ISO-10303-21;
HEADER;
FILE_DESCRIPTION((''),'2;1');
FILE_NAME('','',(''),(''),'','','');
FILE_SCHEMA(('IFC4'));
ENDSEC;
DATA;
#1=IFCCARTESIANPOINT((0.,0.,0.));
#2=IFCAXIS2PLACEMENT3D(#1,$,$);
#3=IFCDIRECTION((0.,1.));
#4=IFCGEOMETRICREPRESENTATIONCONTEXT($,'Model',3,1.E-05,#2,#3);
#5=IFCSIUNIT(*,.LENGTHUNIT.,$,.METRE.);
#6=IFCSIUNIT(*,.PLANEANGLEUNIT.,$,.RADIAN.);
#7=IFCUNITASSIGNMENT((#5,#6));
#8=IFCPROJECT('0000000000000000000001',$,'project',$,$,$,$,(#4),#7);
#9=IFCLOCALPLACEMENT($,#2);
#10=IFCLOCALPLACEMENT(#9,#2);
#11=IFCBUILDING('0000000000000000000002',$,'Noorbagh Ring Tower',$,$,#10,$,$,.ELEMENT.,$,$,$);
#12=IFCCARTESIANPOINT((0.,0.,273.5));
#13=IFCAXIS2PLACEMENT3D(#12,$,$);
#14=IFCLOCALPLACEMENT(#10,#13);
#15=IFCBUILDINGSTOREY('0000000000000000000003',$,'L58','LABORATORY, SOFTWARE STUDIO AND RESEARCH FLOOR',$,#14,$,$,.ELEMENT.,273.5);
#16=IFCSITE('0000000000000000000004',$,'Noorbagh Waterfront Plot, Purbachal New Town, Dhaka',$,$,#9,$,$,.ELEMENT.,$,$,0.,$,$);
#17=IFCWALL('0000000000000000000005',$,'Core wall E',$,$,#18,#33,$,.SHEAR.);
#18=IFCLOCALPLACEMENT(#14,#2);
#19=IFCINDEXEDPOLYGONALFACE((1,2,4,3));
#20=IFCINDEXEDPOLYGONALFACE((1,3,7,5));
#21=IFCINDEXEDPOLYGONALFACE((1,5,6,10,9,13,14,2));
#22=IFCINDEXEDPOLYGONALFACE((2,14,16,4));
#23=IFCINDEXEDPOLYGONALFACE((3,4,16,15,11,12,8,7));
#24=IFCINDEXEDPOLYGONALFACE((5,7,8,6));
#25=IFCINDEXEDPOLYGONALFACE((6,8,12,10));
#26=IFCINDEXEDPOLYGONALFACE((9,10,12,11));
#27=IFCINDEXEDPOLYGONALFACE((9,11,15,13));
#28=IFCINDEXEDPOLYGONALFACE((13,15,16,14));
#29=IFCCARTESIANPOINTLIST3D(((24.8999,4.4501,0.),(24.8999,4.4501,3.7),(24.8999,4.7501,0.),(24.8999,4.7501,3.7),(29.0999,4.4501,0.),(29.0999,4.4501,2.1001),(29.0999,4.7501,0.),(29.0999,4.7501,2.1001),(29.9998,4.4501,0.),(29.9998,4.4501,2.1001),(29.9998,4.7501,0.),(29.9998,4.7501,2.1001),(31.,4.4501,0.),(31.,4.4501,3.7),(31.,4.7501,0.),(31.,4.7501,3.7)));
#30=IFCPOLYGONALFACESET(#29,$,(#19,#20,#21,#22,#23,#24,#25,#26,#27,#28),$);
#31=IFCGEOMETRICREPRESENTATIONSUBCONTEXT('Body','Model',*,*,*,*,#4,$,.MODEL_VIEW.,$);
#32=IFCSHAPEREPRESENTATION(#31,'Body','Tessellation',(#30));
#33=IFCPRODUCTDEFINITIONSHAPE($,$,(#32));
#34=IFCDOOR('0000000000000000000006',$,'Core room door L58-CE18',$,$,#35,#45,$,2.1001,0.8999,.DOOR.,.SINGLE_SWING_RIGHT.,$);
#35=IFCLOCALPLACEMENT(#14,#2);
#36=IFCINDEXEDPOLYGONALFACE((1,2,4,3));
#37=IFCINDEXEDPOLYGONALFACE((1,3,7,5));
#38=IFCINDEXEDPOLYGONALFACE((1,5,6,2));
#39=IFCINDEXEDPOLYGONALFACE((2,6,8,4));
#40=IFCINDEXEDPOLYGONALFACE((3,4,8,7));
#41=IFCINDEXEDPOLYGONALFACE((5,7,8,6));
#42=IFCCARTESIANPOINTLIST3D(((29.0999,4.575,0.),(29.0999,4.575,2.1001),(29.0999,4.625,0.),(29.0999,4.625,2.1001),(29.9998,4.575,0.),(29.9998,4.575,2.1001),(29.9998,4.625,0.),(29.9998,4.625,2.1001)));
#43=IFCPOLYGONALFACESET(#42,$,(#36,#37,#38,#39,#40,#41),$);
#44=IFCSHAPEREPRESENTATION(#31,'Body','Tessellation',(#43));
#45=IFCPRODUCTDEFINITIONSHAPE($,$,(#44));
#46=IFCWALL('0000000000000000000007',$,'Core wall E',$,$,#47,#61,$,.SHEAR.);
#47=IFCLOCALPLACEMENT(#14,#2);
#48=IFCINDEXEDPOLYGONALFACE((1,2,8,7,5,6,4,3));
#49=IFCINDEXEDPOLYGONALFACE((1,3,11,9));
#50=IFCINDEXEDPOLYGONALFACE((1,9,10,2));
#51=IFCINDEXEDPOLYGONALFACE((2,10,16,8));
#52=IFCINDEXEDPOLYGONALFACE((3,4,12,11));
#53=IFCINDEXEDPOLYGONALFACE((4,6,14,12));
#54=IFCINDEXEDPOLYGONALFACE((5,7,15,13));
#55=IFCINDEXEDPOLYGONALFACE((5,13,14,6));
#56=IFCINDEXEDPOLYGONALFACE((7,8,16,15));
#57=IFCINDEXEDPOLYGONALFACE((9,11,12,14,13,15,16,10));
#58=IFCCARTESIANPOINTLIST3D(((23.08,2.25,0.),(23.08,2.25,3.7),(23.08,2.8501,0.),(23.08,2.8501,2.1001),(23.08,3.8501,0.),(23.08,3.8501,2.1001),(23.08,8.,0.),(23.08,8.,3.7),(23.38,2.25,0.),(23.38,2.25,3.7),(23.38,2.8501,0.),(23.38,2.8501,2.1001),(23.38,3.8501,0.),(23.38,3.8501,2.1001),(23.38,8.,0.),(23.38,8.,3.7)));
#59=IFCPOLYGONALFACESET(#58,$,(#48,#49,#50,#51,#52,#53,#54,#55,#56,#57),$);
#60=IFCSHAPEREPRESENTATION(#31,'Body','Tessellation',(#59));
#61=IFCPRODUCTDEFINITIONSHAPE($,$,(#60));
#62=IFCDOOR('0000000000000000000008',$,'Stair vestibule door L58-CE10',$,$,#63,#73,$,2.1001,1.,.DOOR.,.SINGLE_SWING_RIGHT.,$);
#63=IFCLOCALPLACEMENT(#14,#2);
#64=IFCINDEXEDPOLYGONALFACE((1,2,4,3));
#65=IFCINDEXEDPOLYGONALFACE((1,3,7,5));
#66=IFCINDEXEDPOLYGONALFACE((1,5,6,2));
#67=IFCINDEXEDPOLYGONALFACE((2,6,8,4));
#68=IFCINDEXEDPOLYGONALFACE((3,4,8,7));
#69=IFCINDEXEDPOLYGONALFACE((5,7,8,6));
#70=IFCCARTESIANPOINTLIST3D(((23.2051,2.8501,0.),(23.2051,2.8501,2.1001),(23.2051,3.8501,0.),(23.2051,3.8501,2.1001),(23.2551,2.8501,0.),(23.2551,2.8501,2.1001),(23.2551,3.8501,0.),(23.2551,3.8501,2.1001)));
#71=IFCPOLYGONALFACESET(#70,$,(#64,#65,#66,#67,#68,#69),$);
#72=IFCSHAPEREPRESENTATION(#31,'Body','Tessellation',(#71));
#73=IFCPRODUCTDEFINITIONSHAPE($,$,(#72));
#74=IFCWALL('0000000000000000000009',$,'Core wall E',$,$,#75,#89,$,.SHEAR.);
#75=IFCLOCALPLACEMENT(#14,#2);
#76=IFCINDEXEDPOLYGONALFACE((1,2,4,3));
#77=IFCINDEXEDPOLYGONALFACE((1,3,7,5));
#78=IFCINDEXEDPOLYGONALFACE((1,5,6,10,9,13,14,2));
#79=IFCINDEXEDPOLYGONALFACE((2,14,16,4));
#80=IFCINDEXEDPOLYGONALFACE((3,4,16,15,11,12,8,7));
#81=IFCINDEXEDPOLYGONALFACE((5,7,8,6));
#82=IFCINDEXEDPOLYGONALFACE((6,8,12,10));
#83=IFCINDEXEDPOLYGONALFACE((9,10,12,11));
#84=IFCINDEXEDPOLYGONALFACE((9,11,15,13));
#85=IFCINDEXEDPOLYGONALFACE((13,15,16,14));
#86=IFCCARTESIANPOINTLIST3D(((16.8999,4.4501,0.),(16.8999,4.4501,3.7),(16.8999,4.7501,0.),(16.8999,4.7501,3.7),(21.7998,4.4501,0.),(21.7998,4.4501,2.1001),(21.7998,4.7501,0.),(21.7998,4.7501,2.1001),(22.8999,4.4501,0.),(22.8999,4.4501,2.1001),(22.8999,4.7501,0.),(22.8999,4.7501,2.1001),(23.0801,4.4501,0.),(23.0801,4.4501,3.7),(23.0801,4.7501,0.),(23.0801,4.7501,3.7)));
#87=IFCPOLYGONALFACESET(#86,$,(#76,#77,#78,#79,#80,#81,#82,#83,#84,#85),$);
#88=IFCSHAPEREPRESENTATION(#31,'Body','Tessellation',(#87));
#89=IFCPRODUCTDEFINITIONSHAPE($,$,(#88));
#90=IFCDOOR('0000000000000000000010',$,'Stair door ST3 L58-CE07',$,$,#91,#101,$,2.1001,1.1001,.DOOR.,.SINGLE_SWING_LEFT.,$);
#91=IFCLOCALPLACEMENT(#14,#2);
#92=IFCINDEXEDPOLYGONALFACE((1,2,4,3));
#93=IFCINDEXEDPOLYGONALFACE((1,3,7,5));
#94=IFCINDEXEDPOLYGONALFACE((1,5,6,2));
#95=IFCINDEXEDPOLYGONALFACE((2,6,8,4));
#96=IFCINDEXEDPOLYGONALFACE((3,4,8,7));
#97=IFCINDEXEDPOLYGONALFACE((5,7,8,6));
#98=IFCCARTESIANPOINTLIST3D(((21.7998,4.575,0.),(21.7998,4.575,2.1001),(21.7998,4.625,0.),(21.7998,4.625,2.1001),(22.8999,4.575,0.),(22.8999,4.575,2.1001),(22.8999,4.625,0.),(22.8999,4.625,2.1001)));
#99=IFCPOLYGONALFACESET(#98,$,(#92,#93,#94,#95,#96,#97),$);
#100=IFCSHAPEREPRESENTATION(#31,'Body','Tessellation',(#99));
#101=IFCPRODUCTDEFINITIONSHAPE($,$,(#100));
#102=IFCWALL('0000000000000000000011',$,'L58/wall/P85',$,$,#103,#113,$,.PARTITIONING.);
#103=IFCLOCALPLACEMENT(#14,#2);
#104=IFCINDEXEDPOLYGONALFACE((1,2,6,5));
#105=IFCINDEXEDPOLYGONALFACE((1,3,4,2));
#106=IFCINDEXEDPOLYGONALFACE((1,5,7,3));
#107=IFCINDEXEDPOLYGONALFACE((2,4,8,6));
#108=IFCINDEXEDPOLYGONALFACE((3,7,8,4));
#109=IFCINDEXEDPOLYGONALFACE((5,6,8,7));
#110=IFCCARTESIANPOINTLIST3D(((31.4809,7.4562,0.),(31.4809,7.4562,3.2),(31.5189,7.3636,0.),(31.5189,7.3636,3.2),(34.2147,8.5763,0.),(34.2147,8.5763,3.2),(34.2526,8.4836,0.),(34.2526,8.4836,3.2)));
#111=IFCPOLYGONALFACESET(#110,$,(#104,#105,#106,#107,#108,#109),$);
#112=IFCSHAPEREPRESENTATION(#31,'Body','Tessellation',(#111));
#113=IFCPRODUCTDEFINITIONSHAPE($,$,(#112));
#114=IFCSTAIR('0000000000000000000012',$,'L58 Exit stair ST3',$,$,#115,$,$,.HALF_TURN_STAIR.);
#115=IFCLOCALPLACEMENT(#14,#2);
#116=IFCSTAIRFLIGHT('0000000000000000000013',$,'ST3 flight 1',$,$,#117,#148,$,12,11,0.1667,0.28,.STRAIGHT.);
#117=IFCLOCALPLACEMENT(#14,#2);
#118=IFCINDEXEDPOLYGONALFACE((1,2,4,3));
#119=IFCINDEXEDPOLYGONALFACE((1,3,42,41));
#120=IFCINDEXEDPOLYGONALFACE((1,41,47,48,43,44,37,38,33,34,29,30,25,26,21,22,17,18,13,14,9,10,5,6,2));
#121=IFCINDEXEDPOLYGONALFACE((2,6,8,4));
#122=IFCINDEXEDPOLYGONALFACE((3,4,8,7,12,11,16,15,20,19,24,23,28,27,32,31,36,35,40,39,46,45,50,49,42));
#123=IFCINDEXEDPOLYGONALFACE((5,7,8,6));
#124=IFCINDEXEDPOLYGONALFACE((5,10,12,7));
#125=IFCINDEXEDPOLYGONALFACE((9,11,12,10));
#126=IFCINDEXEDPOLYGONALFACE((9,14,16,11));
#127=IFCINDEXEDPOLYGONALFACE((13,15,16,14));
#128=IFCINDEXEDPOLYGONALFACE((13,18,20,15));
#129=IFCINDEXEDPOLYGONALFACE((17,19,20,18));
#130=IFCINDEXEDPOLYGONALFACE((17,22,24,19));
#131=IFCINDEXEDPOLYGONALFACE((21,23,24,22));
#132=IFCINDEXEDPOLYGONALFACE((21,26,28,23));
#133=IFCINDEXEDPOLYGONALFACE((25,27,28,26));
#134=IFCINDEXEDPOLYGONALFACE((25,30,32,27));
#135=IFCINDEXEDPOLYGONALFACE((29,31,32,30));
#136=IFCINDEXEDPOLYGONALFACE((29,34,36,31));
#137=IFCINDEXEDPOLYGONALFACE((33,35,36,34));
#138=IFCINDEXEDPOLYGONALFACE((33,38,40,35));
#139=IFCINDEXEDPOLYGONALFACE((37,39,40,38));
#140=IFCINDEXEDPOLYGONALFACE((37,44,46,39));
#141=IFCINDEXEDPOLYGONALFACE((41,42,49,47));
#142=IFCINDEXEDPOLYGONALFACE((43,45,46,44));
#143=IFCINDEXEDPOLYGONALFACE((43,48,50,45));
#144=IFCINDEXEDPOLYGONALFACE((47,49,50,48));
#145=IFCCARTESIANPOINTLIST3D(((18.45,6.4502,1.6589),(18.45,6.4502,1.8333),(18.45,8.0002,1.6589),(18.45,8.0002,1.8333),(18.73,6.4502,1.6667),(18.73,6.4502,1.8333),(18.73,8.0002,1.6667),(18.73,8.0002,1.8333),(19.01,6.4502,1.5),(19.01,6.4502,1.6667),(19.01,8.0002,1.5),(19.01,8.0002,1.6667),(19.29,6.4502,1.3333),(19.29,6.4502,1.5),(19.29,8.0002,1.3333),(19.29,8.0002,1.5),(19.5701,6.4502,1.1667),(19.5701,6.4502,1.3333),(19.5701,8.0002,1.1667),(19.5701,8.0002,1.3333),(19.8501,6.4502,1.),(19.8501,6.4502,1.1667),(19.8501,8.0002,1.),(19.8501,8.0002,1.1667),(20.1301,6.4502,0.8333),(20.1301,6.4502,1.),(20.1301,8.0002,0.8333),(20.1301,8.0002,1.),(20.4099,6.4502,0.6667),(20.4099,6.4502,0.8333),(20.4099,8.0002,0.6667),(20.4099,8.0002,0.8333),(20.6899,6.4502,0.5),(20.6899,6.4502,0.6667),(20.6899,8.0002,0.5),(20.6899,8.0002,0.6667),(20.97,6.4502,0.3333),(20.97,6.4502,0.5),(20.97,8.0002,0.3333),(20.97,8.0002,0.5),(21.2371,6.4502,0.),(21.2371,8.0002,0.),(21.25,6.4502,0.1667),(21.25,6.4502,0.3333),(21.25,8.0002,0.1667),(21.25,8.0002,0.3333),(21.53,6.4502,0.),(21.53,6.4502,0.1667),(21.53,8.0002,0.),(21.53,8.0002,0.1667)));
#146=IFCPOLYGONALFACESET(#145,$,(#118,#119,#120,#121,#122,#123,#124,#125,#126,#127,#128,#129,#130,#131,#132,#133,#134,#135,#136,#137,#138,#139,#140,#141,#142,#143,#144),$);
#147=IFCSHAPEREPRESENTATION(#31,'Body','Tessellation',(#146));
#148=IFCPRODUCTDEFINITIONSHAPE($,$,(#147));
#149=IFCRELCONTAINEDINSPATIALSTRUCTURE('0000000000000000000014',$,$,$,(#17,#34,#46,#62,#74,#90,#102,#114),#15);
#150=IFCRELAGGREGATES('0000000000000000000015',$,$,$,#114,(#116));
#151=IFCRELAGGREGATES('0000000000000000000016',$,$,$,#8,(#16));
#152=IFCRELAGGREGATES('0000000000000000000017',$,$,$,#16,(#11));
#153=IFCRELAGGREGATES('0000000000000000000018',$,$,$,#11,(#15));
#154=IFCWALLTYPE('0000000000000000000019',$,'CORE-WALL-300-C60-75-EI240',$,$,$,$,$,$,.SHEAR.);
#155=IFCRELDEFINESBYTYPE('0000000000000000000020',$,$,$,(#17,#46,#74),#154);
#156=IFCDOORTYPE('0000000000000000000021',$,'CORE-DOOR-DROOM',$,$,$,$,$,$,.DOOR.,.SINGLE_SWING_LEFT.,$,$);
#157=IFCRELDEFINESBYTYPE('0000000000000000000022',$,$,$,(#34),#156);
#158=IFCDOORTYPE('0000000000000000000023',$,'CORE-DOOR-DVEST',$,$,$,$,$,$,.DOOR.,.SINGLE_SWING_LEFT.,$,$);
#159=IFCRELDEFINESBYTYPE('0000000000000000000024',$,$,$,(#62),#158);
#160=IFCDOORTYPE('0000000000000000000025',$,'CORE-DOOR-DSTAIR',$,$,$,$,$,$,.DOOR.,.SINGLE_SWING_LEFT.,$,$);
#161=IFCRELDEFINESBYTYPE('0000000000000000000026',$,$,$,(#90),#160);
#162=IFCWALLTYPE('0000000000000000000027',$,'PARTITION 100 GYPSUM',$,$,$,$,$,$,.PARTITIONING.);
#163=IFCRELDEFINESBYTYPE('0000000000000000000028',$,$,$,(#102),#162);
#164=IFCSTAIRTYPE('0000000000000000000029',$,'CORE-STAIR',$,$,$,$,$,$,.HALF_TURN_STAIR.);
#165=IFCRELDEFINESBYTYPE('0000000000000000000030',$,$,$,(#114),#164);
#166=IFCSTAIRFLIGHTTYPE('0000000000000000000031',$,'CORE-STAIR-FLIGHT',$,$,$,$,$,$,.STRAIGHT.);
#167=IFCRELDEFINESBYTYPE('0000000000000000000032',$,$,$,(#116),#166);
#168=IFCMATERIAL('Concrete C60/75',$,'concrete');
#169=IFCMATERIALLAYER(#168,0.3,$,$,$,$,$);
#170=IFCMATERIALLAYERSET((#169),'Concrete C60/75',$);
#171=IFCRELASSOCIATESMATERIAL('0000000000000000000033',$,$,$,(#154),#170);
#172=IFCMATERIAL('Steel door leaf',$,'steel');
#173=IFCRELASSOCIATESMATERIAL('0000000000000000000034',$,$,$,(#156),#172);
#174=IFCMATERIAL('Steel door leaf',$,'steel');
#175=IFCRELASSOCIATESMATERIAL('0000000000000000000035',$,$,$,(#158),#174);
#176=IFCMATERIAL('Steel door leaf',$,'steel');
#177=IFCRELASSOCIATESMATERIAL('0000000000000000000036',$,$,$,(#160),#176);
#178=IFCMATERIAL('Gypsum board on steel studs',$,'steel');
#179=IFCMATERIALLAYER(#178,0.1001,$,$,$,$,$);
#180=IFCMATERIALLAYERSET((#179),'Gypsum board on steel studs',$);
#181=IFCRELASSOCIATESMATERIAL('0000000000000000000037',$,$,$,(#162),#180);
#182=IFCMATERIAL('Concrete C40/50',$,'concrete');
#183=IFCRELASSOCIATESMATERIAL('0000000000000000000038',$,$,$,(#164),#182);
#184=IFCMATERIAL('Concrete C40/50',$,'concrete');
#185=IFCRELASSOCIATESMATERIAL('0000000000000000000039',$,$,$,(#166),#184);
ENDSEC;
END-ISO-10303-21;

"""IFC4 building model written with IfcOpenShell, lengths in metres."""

from ifc_helpers import new_model, si_unit, direction, frame, frame_2d, origin, place, context, subcontext, project, spatial, polyline, rectangle, outline, extrude, material, layer, layer_set, type_object, element, fill, aggregate, save


model = new_model("IFC4")

# Units and contexts
model_context = context("Model", 3, precision=1e-05, world=origin(), true_north=direction((0.0, 1.0)))
body_context = subcontext(model_context, "Body", "Model", "MODEL_VIEW")
ifc_project = project(units=[si_unit("LENGTHUNIT", "METRE"), si_unit("PLANEANGLEUNIT", "RADIAN")], contexts=[model_context])

# Site, building, storey
site_placement = place(None, origin())
site = spatial("IfcSite", under=ifc_project, at=site_placement, Name="Noorbagh Waterfront Plot, Purbachal New Town, Dhaka", CompositionType="ELEMENT", RefElevation=0.0)
building_placement = place(site_placement, origin())
building = spatial("IfcBuilding", under=site, at=building_placement, Name="Noorbagh Ring Tower", CompositionType="ELEMENT")
storey_placement = place(building_placement, frame((0.0, 0.0, 273.5)))
storey = spatial("IfcBuildingStorey", under=building, at=storey_placement, Name="L58", Description="LABORATORY, SOFTWARE STUDIO AND RESEARCH FLOOR", CompositionType="ELEMENT", Elevation=273.5)

# Walls, openings, doors
ifc_material_1 = material(Name="Concrete C60/75", Category="concrete")
ifc_layer_1 = layer(ifc_material_1, 0.3)
ifc_layer_set_1 = layer_set([ifc_layer_1], Name="Concrete C60/75")
wall_type_1 = type_object("IfcWallType", Name="CORE-WALL-300-C60-75-EI240", PredefinedType="SHEAR", material=ifc_layer_set_1)
wall_1_placement = place(storey_placement, frame((24.8999, 4.6001, 0.0), z_axis=(0.0, 0.0, 1.0), x_axis=(1.0, 0.0, 0.0)))
wall_1 = element("IfcWall", 1, at=wall_1_placement, inside=storey, type_object=wall_type_1, Name="Core wall E", PredefinedType="SHEAR", context=body_context, shape_type="SweptSolid", body=[
    extrude(rectangle(XDim=6.1001, YDim=0.3, at=frame_2d((3.05, 0.0))), origin(), (0.0, 0.0, 1.0), 3.7),
])
opening_1_placement = place(wall_1_placement, frame((4.2, 0.0, 0.0)))
opening_1 = element("IfcOpeningElement", 2, at=opening_1_placement, cuts=wall_1, PredefinedType="OPENING", context=body_context, shape_type="SweptSolid", body=[
    extrude(rectangle(XDim=0.8999, YDim=2.1001, at=frame_2d((0.45, 1.05))), frame((0.0, 0.1602, 0.0), z_axis=(0.0, -1.0, 0.0), x_axis=(1.0, 0.0, 0.0)), (0.0, 0.0, 1.0), 0.3201),
])
ifc_material_2 = material(Name="Steel door leaf", Category="steel")
door_type_1 = type_object("IfcDoorType", Name="CORE-DOOR-DROOM", OperationType="SINGLE_SWING_LEFT", PredefinedType="DOOR", material=ifc_material_2)
door_1_placement = place(opening_1_placement, origin())
door_1 = element("IfcDoor", 3, at=door_1_placement, inside=storey, type_object=door_type_1, Name="Core room door L58-CE18", OperationType="SINGLE_SWING_RIGHT", OverallHeight=2.1001, OverallWidth=0.8999, PredefinedType="DOOR", context=body_context, shape_type="SweptSolid", body=[
    extrude(rectangle(XDim=0.8999, YDim=2.1001, at=frame_2d((0.45, 1.05))), frame((0.0, 0.0249, 0.0), z_axis=(0.0, -1.0, 0.0), x_axis=(1.0, 0.0, 0.0)), (0.0, 0.0, 1.0), 0.05),
])
fill(opening_1, door_1)
wall_2_placement = place(storey_placement, frame((23.23, 2.25, 0.0), z_axis=(0.0, 0.0, 1.0), x_axis=(0.0, 1.0, 0.0)))
wall_2 = element("IfcWall", 4, at=wall_2_placement, inside=storey, type_object=wall_type_1, Name="Core wall E", PredefinedType="SHEAR", context=body_context, shape_type="SweptSolid", body=[
    extrude(rectangle(XDim=5.75, YDim=0.3, at=frame_2d((2.875, 0.0))), origin(), (0.0, 0.0, 1.0), 3.7),
])
opening_2_placement = place(wall_2_placement, frame((0.6001, 0.0, 0.0)))
opening_2 = element("IfcOpeningElement", 5, at=opening_2_placement, cuts=wall_2, PredefinedType="OPENING", context=body_context, shape_type="SweptSolid", body=[
    extrude(rectangle(XDim=1.0, YDim=2.1001, at=frame_2d((0.5, 1.05))), frame((0.0, 0.1602, 0.0), z_axis=(0.0, -1.0, 0.0), x_axis=(1.0, 0.0, 0.0)), (0.0, 0.0, 1.0), 0.3201),
])
ifc_material_3 = material(Name="Steel door leaf", Category="steel")
door_type_2 = type_object("IfcDoorType", Name="CORE-DOOR-DVEST", OperationType="SINGLE_SWING_LEFT", PredefinedType="DOOR", material=ifc_material_3)
door_2_placement = place(opening_2_placement, origin())
door_2 = element("IfcDoor", 6, at=door_2_placement, inside=storey, type_object=door_type_2, Name="Stair vestibule door L58-CE10", OperationType="SINGLE_SWING_RIGHT", OverallHeight=2.1001, OverallWidth=1.0, PredefinedType="DOOR", context=body_context, shape_type="SweptSolid", body=[
    extrude(rectangle(XDim=1.0, YDim=2.1001, at=frame_2d((0.5, 1.05))), frame((0.0, 0.0249, 0.0), z_axis=(0.0, -1.0, 0.0), x_axis=(1.0, 0.0, 0.0)), (0.0, 0.0, 1.0), 0.05),
])
fill(opening_2, door_2)
wall_3_placement = place(storey_placement, frame((16.8999, 4.6001, 0.0), z_axis=(0.0, 0.0, 1.0), x_axis=(1.0, 0.0, 0.0)))
wall_3 = element("IfcWall", 7, at=wall_3_placement, inside=storey, type_object=wall_type_1, Name="Core wall E", PredefinedType="SHEAR", context=body_context, shape_type="SweptSolid", body=[
    extrude(rectangle(XDim=6.1802, YDim=0.3, at=frame_2d((3.0901, 0.0))), origin(), (0.0, 0.0, 1.0), 3.7),
])
opening_3_placement = place(wall_3_placement, frame((4.8999, 0.0, 0.0)))
opening_3 = element("IfcOpeningElement", 8, at=opening_3_placement, cuts=wall_3, PredefinedType="OPENING", context=body_context, shape_type="SweptSolid", body=[
    extrude(rectangle(XDim=1.1001, YDim=2.1001, at=frame_2d((0.55, 1.05))), frame((0.0, 0.1602, 0.0), z_axis=(0.0, -1.0, 0.0), x_axis=(1.0, 0.0, 0.0)), (0.0, 0.0, 1.0), 0.3201),
])
ifc_material_4 = material(Name="Steel door leaf", Category="steel")
door_type_3 = type_object("IfcDoorType", Name="CORE-DOOR-DSTAIR", OperationType="SINGLE_SWING_LEFT", PredefinedType="DOOR", material=ifc_material_4)
door_3_placement = place(opening_3_placement, origin())
door_3 = element("IfcDoor", 9, at=door_3_placement, inside=storey, type_object=door_type_3, Name="Stair door ST3 L58-CE07", OperationType="SINGLE_SWING_LEFT", OverallHeight=2.1001, OverallWidth=1.1001, PredefinedType="DOOR", context=body_context, shape_type="SweptSolid", body=[
    extrude(rectangle(XDim=1.1001, YDim=2.1001, at=frame_2d((0.55, 1.05))), frame((0.0, 0.0249, 0.0), z_axis=(0.0, -1.0, 0.0), x_axis=(1.0, 0.0, 0.0)), (0.0, 0.0, 1.0), 0.05),
])
fill(opening_3, door_3)

# Wall
ifc_material_5 = material(Name="Gypsum board on steel studs", Category="steel")
ifc_layer_2 = layer(ifc_material_5, 0.1001)
ifc_layer_set_2 = layer_set([ifc_layer_2], Name="Gypsum board on steel studs")
wall_type_2 = type_object("IfcWallType", Name="PARTITION 100 GYPSUM", PredefinedType="PARTITIONING", material=ifc_layer_set_2)
wall_4_placement = place(storey_placement, frame((31.5, 7.4099, 0.0), z_axis=(0.0, 0.0, 1.0), x_axis=(0.925344, 0.379128, 0.0)))
element("IfcWall", 10, at=wall_4_placement, inside=storey, type_object=wall_type_2, Name="L58/wall/P85", PredefinedType="PARTITIONING", context=body_context, shape_type="SweptSolid", body=[
    extrude(rectangle(XDim=2.9543, YDim=0.1001, at=frame_2d((1.4771, 0.0))), origin(), (0.0, 0.0, 1.0), 3.2),
])

# Stair, stair flight
ifc_material_6 = material(Name="Concrete C40/50", Category="concrete")
stair_type = type_object("IfcStairType", Name="CORE-STAIR", PredefinedType="HALF_TURN_STAIR", material=ifc_material_6)
stair_placement = place(storey_placement, origin())
stair = element("IfcStair", 11, at=stair_placement, inside=storey, type_object=stair_type, Name="L58 Exit stair ST3", PredefinedType="HALF_TURN_STAIR")
ifc_material_7 = material(Name="Concrete C40/50", Category="concrete")
stair_flight_type = type_object("IfcStairFlightType", Name="CORE-STAIR-FLIGHT", PredefinedType="STRAIGHT", material=ifc_material_7)
stair_flight_1_placement = place(storey_placement, frame((21.53, 7.2251, 0.0), z_axis=(0.0, 0.0, 1.0), x_axis=(-1.0, 0.0, 0.0)))
stair_flight_1 = element("IfcStairFlight", 12, at=stair_flight_1_placement, type_object=stair_flight_type, Name="ST3 flight 1", NumberOfRisers=12, NumberOfTreads=11, PredefinedType="STRAIGHT", RiserHeight=0.1667, TreadLength=0.28, context=body_context, shape_type="SweptSolid", body=[
    extrude(outline(polyline([(0.0, 0.0), (0.0, 0.1667), (0.28, 0.1667), (0.28, 0.3333), (0.5601, 0.3333), (0.5601, 0.5), (0.8401, 0.5), (0.8401, 0.6667), (1.1201, 0.6667), (1.1201, 0.8333), (1.3999, 0.8333), (1.3999, 1.0), (1.6799, 1.0), (1.6799, 1.1667), (1.96, 1.1667), (1.96, 1.3333), (2.24, 1.3333), (2.24, 1.5), (2.52, 1.5), (2.52, 1.6667), (2.8, 1.6667), (2.8, 1.8333), (3.0801, 1.8333), (3.0801, 2.0), (3.0801, 1.6589), (0.293, 0.0), (0.0, 0.0)])), frame((0.0, 0.7749, 0.0), z_axis=(0.0, -1.0, 0.0), x_axis=(1.0, 0.0, 0.0)), (0.0, 0.0, 1.0), 1.55),
])
aggregate(stair, [stair_flight_1])

save(model, "model.ifc")
